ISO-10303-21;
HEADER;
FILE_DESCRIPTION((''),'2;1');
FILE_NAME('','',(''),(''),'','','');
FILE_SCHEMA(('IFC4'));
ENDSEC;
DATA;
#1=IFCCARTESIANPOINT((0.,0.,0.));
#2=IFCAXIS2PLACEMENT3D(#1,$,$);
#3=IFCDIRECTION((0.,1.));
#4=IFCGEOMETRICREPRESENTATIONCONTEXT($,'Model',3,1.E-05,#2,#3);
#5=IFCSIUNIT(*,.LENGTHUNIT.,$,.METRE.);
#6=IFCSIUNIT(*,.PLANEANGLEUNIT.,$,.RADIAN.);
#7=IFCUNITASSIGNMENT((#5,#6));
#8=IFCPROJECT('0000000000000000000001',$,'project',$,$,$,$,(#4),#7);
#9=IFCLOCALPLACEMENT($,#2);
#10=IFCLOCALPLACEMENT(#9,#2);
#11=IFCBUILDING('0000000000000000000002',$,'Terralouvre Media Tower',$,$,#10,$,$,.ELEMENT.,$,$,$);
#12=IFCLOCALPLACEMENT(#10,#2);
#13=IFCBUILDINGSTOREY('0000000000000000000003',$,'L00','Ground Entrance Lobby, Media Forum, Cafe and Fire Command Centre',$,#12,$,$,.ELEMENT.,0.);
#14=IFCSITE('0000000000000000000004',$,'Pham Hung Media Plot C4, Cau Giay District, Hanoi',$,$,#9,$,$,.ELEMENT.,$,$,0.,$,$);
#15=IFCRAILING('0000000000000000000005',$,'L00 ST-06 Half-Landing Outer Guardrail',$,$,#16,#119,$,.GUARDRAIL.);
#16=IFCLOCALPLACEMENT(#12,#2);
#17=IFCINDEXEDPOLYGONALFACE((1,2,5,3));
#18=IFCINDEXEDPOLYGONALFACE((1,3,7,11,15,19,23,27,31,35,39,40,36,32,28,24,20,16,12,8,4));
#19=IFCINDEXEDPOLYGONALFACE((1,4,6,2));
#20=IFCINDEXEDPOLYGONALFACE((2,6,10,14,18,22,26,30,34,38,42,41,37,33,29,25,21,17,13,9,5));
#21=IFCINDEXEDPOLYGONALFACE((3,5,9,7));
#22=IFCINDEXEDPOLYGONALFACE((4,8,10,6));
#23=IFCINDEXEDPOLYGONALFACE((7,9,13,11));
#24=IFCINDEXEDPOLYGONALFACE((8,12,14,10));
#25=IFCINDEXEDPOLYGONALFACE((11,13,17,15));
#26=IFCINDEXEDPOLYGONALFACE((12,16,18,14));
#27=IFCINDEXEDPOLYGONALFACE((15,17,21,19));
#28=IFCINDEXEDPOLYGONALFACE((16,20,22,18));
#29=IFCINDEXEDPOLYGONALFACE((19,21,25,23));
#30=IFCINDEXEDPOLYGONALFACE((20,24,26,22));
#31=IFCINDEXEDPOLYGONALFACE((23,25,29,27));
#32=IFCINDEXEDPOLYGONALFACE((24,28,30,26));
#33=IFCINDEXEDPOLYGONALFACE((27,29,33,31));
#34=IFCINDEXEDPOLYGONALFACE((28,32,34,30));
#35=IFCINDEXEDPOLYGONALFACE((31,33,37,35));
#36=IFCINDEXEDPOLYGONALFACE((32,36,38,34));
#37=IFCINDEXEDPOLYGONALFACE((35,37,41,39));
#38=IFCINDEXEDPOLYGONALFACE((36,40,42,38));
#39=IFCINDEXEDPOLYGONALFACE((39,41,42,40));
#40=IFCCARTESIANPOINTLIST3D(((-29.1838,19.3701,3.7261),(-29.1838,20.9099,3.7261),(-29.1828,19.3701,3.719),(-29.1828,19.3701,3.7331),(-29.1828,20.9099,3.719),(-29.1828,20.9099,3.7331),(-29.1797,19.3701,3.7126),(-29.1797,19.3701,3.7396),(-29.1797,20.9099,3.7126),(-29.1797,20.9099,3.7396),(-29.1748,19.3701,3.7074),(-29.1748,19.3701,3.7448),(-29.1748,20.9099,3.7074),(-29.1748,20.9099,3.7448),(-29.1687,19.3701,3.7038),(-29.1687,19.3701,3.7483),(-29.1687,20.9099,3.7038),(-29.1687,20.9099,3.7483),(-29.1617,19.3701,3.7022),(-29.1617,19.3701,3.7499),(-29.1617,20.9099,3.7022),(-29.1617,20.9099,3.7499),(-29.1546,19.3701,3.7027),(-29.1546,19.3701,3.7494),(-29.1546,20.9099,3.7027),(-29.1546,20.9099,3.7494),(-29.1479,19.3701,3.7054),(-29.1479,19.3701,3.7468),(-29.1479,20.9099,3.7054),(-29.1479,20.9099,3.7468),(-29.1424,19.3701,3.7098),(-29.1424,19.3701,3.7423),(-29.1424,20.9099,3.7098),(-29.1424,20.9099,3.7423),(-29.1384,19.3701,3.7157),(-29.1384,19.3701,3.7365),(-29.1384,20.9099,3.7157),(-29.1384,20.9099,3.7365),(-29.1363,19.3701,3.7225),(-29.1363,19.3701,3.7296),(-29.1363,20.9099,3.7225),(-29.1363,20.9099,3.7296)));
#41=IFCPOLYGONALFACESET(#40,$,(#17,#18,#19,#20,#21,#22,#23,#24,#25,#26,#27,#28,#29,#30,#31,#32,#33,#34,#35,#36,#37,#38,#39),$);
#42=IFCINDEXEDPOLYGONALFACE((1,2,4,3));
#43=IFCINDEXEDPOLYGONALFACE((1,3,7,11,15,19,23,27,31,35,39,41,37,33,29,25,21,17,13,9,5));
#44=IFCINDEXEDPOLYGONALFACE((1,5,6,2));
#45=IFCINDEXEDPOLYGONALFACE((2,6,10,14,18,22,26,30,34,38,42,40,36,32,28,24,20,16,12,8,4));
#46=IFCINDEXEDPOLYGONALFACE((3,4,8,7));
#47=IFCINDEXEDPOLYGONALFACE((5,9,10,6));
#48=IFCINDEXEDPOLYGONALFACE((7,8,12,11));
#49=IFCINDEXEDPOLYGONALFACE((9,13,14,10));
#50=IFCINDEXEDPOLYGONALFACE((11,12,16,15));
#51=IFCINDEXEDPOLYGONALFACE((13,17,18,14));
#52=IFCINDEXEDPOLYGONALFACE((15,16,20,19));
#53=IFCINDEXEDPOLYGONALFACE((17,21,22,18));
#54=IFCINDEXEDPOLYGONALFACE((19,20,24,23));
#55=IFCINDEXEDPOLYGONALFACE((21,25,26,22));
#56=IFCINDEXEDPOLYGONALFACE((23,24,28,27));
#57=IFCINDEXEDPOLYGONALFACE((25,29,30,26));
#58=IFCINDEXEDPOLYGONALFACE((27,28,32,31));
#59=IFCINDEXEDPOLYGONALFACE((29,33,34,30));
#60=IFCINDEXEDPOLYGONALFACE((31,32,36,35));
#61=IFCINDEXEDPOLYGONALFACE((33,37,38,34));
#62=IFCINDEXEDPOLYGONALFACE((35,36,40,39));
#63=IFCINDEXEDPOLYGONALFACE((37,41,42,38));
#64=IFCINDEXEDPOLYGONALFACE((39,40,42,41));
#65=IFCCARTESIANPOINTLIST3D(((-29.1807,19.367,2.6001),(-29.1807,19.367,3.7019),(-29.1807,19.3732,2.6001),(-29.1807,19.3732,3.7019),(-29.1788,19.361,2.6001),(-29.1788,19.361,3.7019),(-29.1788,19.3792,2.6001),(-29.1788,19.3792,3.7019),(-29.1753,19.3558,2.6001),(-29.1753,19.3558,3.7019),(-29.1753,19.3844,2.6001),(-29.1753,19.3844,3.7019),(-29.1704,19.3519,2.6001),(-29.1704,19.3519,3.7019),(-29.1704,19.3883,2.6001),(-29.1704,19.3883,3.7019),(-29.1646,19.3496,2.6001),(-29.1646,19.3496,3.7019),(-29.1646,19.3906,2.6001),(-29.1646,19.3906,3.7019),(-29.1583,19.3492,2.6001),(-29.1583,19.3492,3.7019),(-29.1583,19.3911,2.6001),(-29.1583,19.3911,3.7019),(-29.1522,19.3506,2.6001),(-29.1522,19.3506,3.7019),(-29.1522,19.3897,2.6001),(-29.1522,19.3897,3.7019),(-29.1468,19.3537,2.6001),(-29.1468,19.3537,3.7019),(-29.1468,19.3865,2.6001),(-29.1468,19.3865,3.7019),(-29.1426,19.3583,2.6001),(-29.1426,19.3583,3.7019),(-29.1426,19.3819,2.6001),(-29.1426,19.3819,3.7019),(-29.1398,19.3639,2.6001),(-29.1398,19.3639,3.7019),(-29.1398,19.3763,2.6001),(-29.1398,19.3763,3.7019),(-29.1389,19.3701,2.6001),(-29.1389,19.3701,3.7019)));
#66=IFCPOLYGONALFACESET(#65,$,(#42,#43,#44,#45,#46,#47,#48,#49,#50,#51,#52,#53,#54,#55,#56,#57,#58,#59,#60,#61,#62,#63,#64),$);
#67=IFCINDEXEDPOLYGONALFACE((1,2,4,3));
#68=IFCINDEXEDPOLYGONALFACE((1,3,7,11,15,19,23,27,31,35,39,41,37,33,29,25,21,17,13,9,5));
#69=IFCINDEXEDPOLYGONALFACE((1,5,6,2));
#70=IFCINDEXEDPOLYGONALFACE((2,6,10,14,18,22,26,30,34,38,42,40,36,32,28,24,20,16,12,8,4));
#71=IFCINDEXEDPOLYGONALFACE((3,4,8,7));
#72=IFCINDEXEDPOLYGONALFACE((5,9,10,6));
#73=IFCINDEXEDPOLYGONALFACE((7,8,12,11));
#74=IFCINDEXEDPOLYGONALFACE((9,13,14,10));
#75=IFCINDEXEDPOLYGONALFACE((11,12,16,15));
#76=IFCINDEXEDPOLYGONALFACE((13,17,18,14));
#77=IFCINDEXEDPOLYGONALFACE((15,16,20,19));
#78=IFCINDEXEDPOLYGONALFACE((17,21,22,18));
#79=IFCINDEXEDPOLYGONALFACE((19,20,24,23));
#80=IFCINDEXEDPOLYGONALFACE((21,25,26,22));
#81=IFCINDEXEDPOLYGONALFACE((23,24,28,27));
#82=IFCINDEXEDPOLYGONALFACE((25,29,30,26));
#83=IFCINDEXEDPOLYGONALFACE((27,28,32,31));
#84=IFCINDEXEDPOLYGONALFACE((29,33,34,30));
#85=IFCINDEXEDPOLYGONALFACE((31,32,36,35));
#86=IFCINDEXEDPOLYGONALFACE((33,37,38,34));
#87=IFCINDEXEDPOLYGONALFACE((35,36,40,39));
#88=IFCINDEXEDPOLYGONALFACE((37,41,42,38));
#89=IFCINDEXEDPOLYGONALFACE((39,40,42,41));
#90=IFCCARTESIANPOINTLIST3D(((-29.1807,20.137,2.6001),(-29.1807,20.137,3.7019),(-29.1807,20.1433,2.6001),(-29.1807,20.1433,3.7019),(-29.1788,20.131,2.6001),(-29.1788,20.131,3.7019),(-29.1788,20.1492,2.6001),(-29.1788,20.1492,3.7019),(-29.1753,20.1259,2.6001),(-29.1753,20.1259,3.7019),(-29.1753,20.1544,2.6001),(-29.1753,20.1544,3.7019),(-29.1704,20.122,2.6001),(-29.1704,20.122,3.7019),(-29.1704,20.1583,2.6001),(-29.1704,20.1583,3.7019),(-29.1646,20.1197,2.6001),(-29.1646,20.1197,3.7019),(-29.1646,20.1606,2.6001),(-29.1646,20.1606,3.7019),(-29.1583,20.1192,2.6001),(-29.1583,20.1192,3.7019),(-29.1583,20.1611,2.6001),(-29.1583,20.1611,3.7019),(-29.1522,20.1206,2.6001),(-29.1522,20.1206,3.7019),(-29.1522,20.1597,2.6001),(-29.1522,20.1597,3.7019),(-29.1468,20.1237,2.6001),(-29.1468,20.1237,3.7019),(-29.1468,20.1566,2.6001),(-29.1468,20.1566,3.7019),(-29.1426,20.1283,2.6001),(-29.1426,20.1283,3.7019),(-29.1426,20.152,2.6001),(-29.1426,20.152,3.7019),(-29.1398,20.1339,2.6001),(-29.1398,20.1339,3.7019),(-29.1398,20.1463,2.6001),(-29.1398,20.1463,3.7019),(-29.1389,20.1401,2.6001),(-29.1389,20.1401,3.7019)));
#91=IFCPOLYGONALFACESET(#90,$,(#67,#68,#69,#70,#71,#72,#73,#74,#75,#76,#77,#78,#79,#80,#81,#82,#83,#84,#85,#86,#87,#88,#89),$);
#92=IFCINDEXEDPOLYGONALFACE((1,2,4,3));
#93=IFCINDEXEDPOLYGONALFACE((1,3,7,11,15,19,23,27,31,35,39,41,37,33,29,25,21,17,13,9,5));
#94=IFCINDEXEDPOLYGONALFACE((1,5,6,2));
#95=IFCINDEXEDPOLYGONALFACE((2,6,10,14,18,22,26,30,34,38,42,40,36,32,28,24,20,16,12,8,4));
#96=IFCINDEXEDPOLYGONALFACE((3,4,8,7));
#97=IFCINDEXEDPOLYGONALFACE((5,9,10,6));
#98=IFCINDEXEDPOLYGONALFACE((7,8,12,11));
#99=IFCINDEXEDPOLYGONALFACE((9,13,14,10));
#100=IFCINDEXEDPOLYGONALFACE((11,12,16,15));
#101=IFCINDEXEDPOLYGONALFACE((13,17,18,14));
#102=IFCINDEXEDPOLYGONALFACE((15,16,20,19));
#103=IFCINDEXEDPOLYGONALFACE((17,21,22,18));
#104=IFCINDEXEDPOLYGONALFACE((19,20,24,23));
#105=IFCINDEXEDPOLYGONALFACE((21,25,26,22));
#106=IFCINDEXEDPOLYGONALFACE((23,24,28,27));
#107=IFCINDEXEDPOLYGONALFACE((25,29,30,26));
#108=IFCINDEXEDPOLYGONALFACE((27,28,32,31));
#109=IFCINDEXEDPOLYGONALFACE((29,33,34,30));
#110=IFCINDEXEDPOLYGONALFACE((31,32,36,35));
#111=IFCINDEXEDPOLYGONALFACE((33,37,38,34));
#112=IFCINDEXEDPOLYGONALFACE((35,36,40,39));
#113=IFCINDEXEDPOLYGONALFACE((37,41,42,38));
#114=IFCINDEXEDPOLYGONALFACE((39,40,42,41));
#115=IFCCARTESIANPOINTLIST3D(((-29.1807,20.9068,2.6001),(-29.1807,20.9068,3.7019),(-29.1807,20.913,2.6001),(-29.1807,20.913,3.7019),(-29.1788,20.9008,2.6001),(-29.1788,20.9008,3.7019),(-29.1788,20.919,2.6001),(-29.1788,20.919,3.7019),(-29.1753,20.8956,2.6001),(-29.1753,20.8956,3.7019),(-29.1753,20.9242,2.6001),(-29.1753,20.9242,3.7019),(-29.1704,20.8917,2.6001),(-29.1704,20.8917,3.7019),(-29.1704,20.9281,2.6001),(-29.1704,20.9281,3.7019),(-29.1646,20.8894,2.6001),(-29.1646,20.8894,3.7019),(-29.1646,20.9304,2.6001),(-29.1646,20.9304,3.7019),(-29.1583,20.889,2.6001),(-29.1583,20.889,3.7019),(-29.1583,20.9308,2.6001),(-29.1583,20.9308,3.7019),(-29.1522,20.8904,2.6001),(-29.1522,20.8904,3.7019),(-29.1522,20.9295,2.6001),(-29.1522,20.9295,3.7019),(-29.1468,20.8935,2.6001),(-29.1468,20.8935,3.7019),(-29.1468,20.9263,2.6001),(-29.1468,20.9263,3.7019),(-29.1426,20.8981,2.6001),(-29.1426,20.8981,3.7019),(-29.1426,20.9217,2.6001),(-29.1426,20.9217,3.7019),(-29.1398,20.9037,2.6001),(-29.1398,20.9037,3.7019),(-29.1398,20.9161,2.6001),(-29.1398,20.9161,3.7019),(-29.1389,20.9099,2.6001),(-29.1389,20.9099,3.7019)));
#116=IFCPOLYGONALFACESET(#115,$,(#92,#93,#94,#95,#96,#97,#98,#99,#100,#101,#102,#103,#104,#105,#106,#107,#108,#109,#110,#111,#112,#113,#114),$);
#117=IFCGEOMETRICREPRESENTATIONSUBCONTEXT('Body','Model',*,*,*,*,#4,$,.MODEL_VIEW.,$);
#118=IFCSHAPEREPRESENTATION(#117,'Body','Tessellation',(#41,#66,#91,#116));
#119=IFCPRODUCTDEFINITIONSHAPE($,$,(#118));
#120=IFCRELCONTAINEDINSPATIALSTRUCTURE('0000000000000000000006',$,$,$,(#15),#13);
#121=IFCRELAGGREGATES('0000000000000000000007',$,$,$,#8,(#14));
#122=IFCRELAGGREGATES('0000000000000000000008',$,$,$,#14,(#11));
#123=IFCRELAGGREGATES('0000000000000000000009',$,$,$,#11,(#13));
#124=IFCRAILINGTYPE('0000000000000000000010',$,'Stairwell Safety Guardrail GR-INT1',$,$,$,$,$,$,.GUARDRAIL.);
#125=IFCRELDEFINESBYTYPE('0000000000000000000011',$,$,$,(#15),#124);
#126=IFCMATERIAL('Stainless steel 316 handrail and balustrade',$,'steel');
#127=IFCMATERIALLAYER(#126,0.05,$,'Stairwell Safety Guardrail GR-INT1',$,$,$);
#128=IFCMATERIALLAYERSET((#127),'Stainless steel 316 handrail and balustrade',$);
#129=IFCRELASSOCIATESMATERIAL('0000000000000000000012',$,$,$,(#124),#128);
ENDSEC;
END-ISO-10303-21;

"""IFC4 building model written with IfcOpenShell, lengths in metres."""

from ifc_helpers import new_model, si_unit, direction, frame, origin, origin_2d, place, context, subcontext, project, spatial, circle, extrude, material, layer, layer_set, type_object, element, save


model = new_model("IFC4")

# Units and contexts
model_context = context("Model", 3, precision=1e-05, world=origin(), true_north=direction((0.0, 1.0)))
body_context = subcontext(model_context, "Body", "Model", "MODEL_VIEW")
ifc_project = project(units=[si_unit("LENGTHUNIT", "METRE"), si_unit("PLANEANGLEUNIT", "RADIAN")], contexts=[model_context])

# Site, building, storey
site_placement = place(None, origin())
site = spatial("IfcSite", under=ifc_project, at=site_placement, Name="Pham Hung Media Plot C4, Cau Giay District, Hanoi", CompositionType="ELEMENT", RefElevation=0.0)
building_placement = place(site_placement, origin())
building = spatial("IfcBuilding", under=site, at=building_placement, Name="Terralouvre Media Tower", CompositionType="ELEMENT")
storey_placement = place(building_placement, origin())
storey = spatial("IfcBuildingStorey", under=building, at=storey_placement, Name="L00", Description="Ground Entrance Lobby, Media Forum, Cafe and Fire Command Centre", CompositionType="ELEMENT", Elevation=0.0)

# Railing
ifc_material_1 = material(Name="Stainless steel 316 handrail and balustrade", Category="steel")
ifc_layer_1 = layer(ifc_material_1, 0.05, Name="Stairwell Safety Guardrail GR-INT1")
ifc_layer_set_1 = layer_set([ifc_layer_1], Name="Stainless steel 316 handrail and balustrade")
railing_type_1 = type_object("IfcRailingType", Name="Stairwell Safety Guardrail GR-INT1", PredefinedType="GUARDRAIL", material=ifc_layer_set_1)
railing_1_placement = place(storey_placement, frame((-29.1599, 19.3701, 2.6001)))
element("IfcRailing", 1, at=railing_1_placement, inside=storey, type_object=railing_type_1, Name="L00 ST-06 Half-Landing Outer Guardrail", PredefinedType="GUARDRAIL", context=body_context, shape_type="SweptSolid", body=[
    extrude(circle(Radius=0.0239, at=origin_2d()), frame((0.0, 0.0, 1.126), z_axis=(0.0, 1.0, 0.0), x_axis=(-1.0, 0.0, 0.0)), (0.0, 0.0, 1.0), 1.5398),
    extrude(circle(Radius=0.021, at=origin_2d()), origin(), (0.0, 0.0, 1.0), 1.1018),
    extrude(circle(Radius=0.021, at=origin_2d()), frame((0.0, 0.77, 0.0)), (0.0, 0.0, 1.0), 1.1018),
    extrude(circle(Radius=0.021, at=origin_2d()), frame((0.0, 1.5398, 0.0)), (0.0, 0.0, 1.0), 1.1018),
])

save(model, "model.ifc")
